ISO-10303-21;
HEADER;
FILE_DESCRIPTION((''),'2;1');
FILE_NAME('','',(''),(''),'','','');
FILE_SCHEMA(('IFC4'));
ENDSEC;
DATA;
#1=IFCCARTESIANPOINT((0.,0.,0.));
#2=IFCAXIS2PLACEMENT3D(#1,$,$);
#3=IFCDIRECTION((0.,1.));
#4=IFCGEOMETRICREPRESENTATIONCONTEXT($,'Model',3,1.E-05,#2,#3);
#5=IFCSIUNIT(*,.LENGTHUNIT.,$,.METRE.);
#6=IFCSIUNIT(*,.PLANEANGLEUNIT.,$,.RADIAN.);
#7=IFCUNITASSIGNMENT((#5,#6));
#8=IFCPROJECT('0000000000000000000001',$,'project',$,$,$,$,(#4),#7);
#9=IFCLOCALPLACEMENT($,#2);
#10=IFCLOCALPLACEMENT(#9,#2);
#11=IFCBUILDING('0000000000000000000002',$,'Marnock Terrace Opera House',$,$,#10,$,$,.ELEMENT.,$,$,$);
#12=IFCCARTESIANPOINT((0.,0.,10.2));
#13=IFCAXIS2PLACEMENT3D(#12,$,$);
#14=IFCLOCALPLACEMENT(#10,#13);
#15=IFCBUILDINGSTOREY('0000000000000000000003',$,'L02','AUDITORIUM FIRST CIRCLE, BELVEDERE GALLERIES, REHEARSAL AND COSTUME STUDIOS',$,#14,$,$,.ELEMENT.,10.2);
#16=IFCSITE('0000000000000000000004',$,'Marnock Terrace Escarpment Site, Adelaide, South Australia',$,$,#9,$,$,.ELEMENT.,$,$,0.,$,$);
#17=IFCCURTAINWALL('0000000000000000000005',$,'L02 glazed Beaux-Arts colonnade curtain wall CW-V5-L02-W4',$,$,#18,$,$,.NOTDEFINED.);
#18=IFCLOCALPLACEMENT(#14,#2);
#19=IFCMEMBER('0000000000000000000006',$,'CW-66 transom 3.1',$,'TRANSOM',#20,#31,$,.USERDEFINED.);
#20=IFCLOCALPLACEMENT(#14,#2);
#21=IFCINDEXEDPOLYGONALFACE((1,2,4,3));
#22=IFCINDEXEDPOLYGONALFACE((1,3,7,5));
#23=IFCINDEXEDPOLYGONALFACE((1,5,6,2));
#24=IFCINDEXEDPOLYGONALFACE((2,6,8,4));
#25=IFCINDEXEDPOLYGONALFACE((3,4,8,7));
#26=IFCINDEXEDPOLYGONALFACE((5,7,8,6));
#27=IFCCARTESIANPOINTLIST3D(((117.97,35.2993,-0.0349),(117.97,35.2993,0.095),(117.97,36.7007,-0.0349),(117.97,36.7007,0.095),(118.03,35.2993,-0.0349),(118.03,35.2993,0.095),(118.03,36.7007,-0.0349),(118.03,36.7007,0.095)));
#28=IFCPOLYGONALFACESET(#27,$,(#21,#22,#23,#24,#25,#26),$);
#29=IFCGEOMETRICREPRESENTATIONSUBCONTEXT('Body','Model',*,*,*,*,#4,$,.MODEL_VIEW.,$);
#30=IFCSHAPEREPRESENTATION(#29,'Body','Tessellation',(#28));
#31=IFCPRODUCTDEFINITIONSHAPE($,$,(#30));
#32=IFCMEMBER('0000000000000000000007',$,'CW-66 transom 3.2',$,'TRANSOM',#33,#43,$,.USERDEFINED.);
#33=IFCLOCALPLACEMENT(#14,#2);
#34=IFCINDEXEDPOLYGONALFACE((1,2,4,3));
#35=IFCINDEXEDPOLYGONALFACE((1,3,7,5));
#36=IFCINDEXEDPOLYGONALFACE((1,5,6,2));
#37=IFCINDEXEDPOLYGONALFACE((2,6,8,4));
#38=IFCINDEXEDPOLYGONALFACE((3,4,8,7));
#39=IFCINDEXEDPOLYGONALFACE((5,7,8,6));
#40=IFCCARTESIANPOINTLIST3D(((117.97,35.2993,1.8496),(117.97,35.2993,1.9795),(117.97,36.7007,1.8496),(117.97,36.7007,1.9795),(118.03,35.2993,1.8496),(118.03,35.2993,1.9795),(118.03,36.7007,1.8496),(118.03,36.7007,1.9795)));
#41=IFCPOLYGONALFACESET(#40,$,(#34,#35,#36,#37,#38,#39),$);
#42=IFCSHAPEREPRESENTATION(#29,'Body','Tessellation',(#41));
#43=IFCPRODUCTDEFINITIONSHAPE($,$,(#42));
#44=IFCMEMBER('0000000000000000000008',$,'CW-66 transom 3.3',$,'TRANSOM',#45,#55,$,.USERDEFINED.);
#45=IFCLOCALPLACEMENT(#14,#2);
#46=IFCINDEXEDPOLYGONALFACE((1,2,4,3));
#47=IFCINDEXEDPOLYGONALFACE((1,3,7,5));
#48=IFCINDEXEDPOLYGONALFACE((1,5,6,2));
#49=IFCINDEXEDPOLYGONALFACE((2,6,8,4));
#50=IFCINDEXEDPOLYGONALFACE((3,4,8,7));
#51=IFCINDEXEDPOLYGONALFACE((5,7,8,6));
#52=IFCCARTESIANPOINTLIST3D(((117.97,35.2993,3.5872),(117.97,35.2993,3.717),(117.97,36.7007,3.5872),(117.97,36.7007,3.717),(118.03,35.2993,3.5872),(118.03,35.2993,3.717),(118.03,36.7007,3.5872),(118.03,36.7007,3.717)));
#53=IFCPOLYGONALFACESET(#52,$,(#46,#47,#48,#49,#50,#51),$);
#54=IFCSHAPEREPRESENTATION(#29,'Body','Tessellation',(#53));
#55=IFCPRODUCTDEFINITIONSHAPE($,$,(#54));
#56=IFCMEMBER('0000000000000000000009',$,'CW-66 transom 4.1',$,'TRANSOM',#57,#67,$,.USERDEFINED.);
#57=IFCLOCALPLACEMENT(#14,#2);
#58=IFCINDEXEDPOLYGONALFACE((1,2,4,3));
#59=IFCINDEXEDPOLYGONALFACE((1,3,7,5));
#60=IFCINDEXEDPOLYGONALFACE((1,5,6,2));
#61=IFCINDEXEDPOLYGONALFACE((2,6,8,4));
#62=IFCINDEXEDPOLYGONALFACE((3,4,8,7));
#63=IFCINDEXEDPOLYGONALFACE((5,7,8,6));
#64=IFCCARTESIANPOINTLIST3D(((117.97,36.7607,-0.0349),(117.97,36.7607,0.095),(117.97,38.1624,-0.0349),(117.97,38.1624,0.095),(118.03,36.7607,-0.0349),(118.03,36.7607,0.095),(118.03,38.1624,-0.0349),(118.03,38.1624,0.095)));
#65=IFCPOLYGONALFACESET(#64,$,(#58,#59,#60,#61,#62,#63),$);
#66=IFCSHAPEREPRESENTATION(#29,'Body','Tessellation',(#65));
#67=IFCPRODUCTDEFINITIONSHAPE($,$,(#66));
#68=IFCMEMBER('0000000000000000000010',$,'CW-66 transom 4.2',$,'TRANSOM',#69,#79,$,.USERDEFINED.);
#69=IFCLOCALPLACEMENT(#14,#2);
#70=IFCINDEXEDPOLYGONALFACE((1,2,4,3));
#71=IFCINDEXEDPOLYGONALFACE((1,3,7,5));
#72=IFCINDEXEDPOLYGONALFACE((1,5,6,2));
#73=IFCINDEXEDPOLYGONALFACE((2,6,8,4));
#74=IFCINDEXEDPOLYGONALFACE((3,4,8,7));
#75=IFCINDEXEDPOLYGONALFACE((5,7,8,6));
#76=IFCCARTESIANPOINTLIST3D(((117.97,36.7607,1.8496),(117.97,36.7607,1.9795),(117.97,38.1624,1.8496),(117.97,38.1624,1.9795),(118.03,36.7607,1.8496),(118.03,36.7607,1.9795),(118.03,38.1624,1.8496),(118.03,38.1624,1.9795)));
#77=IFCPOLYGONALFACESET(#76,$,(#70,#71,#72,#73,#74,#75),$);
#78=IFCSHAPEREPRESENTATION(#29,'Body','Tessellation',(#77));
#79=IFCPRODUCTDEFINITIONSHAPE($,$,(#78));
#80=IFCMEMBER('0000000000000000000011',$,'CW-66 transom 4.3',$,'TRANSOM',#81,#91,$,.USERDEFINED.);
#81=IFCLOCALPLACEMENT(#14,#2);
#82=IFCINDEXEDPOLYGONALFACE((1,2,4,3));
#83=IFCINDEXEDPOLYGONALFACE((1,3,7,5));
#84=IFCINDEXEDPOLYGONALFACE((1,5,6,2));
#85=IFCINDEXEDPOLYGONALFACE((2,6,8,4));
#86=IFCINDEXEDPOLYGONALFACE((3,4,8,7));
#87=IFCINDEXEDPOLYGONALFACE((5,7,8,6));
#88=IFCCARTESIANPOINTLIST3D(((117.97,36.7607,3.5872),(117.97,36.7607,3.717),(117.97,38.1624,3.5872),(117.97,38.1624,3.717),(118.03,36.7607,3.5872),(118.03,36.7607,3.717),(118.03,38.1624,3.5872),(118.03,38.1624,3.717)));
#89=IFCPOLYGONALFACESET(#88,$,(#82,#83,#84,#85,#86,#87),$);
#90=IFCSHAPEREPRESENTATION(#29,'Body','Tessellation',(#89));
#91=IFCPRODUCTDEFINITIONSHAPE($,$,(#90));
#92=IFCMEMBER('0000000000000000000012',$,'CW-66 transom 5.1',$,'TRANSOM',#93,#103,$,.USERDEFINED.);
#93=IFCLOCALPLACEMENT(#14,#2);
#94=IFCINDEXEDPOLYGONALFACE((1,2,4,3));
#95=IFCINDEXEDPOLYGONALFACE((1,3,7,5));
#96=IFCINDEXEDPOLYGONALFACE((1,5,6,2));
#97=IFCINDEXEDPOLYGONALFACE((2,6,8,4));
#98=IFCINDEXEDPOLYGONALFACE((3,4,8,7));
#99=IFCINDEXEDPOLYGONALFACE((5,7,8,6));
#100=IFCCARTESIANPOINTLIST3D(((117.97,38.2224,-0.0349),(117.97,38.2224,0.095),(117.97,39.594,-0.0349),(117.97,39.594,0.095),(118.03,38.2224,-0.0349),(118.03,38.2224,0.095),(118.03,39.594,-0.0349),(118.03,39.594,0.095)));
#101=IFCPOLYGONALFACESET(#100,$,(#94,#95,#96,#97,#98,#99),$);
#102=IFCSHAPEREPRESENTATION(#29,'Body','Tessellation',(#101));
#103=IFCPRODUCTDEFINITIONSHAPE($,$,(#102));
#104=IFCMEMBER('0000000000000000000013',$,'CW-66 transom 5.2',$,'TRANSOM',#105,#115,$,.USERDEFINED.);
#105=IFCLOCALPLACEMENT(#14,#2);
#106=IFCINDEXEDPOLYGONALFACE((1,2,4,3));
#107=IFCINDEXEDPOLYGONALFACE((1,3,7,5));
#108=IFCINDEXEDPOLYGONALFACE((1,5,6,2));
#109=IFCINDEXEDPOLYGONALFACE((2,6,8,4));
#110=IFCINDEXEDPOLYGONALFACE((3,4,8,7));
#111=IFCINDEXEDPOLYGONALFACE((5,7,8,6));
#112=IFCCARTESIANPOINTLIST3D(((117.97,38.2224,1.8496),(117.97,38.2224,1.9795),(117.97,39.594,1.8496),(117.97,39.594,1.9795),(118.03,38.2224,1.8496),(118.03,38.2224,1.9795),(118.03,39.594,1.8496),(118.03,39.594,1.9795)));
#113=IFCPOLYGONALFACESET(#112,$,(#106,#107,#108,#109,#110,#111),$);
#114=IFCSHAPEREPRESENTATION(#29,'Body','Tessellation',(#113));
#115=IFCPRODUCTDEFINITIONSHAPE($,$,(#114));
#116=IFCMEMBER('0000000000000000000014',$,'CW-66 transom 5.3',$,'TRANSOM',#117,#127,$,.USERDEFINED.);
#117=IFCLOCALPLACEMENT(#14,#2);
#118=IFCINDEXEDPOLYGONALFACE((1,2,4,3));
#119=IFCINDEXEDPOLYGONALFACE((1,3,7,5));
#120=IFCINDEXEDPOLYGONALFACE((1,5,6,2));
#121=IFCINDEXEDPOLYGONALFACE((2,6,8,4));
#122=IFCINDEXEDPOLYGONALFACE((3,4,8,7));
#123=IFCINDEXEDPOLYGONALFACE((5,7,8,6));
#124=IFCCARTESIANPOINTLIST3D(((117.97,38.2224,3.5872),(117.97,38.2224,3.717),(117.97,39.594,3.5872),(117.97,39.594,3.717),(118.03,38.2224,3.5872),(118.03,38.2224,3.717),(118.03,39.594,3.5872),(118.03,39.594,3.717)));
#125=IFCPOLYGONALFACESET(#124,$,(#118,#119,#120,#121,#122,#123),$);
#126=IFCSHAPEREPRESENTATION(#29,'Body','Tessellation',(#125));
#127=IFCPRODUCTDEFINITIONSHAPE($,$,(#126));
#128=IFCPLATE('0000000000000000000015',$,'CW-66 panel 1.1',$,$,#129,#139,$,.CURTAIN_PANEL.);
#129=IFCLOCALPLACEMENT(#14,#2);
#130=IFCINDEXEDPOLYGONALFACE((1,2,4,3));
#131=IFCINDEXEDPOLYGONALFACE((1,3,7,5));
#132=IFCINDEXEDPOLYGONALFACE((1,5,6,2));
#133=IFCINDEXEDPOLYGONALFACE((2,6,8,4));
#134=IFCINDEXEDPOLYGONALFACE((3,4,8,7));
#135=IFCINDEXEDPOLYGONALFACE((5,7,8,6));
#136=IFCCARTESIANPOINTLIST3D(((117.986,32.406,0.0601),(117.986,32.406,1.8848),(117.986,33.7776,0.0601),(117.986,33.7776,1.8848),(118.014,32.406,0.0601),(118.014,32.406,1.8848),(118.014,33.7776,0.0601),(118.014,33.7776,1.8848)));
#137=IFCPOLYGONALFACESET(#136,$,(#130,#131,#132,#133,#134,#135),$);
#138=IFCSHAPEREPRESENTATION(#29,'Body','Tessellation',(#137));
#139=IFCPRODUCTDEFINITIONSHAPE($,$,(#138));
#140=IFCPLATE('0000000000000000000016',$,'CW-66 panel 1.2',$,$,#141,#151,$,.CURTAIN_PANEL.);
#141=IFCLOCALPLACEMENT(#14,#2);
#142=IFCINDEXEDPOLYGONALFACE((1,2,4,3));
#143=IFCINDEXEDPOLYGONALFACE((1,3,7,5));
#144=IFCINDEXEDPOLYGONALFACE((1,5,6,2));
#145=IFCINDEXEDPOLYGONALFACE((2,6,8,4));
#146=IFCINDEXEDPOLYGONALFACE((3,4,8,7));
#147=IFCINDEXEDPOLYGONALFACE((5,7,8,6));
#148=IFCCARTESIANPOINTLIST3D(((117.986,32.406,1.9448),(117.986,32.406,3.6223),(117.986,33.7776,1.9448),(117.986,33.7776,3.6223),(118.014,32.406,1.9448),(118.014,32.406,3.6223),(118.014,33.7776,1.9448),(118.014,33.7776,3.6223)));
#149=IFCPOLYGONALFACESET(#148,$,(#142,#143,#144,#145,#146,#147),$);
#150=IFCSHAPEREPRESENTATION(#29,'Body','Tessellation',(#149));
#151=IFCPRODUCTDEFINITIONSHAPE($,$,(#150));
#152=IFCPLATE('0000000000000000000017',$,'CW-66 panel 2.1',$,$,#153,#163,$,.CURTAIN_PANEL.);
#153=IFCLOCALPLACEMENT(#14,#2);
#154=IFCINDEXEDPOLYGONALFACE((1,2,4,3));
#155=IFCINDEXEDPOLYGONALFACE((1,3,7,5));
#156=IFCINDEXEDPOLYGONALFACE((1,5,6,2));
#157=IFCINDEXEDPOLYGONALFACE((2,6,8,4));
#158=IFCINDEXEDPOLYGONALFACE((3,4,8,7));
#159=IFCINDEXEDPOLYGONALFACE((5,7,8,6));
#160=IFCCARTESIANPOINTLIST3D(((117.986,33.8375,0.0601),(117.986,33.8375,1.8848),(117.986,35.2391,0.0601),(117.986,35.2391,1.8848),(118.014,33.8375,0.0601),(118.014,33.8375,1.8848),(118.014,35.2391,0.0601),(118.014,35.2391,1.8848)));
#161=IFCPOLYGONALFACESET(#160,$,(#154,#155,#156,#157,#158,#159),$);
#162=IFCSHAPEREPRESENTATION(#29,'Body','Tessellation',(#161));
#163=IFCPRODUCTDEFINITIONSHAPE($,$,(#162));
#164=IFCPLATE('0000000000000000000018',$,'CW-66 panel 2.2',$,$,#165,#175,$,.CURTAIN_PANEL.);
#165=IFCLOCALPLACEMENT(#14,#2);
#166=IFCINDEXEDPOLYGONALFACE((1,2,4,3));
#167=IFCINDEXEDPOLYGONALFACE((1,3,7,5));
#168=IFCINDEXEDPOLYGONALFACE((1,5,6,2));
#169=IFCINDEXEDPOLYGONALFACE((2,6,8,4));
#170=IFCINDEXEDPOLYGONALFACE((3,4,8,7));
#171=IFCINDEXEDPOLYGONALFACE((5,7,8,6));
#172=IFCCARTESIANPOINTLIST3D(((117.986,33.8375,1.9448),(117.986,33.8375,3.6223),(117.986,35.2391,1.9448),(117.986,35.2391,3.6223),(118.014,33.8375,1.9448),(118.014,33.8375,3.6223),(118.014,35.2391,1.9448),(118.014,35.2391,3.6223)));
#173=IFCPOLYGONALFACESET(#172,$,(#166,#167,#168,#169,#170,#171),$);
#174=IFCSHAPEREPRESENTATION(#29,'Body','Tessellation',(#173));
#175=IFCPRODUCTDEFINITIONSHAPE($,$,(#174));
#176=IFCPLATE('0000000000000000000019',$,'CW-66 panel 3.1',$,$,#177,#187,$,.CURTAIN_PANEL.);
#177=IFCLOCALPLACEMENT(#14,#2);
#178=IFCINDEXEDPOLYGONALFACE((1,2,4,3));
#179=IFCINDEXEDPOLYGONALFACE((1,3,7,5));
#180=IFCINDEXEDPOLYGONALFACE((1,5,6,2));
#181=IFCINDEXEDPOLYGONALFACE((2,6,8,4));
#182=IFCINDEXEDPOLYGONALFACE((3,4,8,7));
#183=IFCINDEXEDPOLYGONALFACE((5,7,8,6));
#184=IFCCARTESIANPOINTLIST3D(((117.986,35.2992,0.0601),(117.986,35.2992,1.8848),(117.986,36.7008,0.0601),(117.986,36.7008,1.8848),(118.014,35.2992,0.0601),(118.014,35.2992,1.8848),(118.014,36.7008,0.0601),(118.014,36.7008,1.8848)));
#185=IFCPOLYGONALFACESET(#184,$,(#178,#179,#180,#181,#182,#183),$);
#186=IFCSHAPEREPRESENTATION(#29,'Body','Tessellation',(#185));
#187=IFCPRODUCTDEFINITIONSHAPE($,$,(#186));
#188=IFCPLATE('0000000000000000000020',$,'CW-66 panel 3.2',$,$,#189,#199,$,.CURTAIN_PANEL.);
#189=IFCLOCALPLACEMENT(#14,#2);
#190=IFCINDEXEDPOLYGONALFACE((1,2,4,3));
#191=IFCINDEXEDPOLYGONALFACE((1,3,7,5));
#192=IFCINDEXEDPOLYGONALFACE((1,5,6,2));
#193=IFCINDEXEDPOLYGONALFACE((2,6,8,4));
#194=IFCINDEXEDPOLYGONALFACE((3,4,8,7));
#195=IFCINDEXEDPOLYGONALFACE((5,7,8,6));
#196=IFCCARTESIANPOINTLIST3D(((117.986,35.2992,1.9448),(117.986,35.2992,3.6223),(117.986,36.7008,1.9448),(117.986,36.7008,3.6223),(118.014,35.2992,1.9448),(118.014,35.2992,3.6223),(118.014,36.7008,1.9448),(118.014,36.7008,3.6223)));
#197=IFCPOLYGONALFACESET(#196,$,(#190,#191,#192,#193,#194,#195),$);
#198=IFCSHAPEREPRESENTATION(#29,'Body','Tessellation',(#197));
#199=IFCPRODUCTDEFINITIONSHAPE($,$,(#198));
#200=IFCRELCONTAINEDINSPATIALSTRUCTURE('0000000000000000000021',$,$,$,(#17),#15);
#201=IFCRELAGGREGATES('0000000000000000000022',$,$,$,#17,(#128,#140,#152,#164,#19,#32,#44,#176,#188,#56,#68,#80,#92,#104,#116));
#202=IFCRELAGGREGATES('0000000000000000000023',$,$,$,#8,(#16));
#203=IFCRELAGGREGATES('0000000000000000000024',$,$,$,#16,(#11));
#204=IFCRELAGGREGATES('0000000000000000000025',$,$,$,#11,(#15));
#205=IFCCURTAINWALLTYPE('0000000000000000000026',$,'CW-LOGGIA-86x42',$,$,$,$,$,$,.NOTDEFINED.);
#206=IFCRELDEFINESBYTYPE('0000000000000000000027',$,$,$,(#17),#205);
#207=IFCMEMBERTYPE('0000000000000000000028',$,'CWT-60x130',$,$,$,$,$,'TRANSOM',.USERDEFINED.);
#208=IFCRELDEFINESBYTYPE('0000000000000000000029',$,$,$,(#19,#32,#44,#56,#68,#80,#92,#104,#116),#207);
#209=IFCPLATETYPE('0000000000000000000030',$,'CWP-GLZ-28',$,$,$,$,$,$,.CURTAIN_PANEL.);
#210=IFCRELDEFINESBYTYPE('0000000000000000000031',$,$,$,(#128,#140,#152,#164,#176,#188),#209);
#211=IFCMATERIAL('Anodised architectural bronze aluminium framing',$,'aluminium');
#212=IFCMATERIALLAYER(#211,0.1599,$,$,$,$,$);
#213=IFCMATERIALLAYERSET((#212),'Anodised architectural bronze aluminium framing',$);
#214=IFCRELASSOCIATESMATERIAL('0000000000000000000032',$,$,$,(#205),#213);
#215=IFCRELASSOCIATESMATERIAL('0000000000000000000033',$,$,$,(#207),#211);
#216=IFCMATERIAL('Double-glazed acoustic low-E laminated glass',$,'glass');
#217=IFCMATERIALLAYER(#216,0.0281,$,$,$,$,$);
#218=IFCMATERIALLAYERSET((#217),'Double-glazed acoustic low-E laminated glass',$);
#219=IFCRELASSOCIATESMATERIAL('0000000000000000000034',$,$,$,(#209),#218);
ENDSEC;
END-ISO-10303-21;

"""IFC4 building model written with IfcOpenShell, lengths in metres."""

from ifc_helpers import new_model, si_unit, direction, frame, origin, origin_2d, place, context, subcontext, project, spatial, rectangle, extrude, material, layer, layer_set, material_profile, profile_set, type_object, element, aggregate, save


model = new_model("IFC4")

# Units and contexts
model_context = context("Model", 3, precision=1e-05, world=origin(), true_north=direction((0.0, 1.0)))
body_context = subcontext(model_context, "Body", "Model", "MODEL_VIEW")
ifc_project = project(units=[si_unit("LENGTHUNIT", "METRE"), si_unit("PLANEANGLEUNIT", "RADIAN")], contexts=[model_context])

# Site, building, storey
site_placement = place(None, origin())
site = spatial("IfcSite", under=ifc_project, at=site_placement, Name="Marnock Terrace Escarpment Site, Adelaide, South Australia", CompositionType="ELEMENT", RefElevation=0.0)
building_placement = place(site_placement, origin())
building = spatial("IfcBuilding", under=site, at=building_placement, Name="Marnock Terrace Opera House", CompositionType="ELEMENT")
storey_placement = place(building_placement, frame((0.0, 0.0, 10.2)))
storey = spatial("IfcBuildingStorey", under=building, at=storey_placement, Name="L02", Description="AUDITORIUM FIRST CIRCLE, BELVEDERE GALLERIES, REHEARSAL AND COSTUME STUDIOS", CompositionType="ELEMENT", Elevation=10.2)

# Curtain wall, members, plates
ifc_material_1 = material(Name="Anodised architectural bronze aluminium framing", Category="aluminium")
ifc_layer_1 = layer(ifc_material_1, 0.1599)
ifc_layer_set_1 = layer_set([ifc_layer_1], Name="Anodised architectural bronze aluminium framing")
curtain_wall_type = type_object("IfcCurtainWallType", Name="CW-LOGGIA-86x42", PredefinedType="NOTDEFINED", material=ifc_layer_set_1)
curtain_wall_placement = place(storey_placement, origin())
curtain_wall = element("IfcCurtainWall", 1, at=curtain_wall_placement, inside=storey, type_object=curtain_wall_type, Name="L02 glazed Beaux-Arts colonnade curtain wall CW-V5-L02-W4", PredefinedType="NOTDEFINED")
ifc_material_profile_1 = material_profile(ifc_material_1, rectangle(XDim=0.0601, YDim=0.1299, at=origin_2d()))
ifc_profile_set_1 = profile_set([ifc_material_profile_1], Name="Anodised architectural bronze aluminium framing")
member_type_1 = type_object("IfcMemberType", Name="CWT-60x130", ElementType="TRANSOM", PredefinedType="USERDEFINED", material=ifc_profile_set_1)
member_1_placement = place(storey_placement, frame((118.0, 35.2993, 0.03), z_axis=(0.0, 1.0, 0.0), x_axis=(-1.0, 0.0, 0.0)))
member_1 = element("IfcMember", 2, at=member_1_placement, type_object=member_type_1, Name="CW-66 transom 3.1", ObjectType="TRANSOM", PredefinedType="USERDEFINED", context=body_context, shape_type="SweptSolid", body=[
    extrude(rectangle(XDim=0.0601, YDim=0.1299, at=origin_2d()), origin(), (0.0, 0.0, 1.0), 1.4014),
])
member_2_placement = place(storey_placement, frame((118.0, 35.2993, 1.9146), z_axis=(0.0, 1.0, 0.0), x_axis=(-1.0, 0.0, 0.0)))
member_2 = element("IfcMember", 3, at=member_2_placement, type_object=member_type_1, Name="CW-66 transom 3.2", ObjectType="TRANSOM", PredefinedType="USERDEFINED", context=body_context, shape_type="SweptSolid", body=[
    extrude(rectangle(XDim=0.0601, YDim=0.1299, at=origin_2d()), origin(), (0.0, 0.0, 1.0), 1.4014),
])
member_3_placement = place(storey_placement, frame((118.0, 35.2993, 3.6521), z_axis=(0.0, 1.0, 0.0), x_axis=(-1.0, 0.0, 0.0)))
member_3 = element("IfcMember", 4, at=member_3_placement, type_object=member_type_1, Name="CW-66 transom 3.3", ObjectType="TRANSOM", PredefinedType="USERDEFINED", context=body_context, shape_type="SweptSolid", body=[
    extrude(rectangle(XDim=0.0601, YDim=0.1299, at=origin_2d()), origin(), (0.0, 0.0, 1.0), 1.4014),
])
member_4_placement = place(storey_placement, frame((118.0, 36.7607, 0.03), z_axis=(0.0, 1.0, 0.0), x_axis=(-1.0, 0.0, 0.0)))
member_4 = element("IfcMember", 5, at=member_4_placement, type_object=member_type_1, Name="CW-66 transom 4.1", ObjectType="TRANSOM", PredefinedType="USERDEFINED", context=body_context, shape_type="SweptSolid", body=[
    extrude(rectangle(XDim=0.0601, YDim=0.1299, at=origin_2d()), origin(), (0.0, 0.0, 1.0), 1.4016),
])
member_5_placement = place(storey_placement, frame((118.0, 36.7607, 1.9146), z_axis=(0.0, 1.0, 0.0), x_axis=(-1.0, 0.0, 0.0)))
member_5 = element("IfcMember", 6, at=member_5_placement, type_object=member_type_1, Name="CW-66 transom 4.2", ObjectType="TRANSOM", PredefinedType="USERDEFINED", context=body_context, shape_type="SweptSolid", body=[
    extrude(rectangle(XDim=0.0601, YDim=0.1299, at=origin_2d()), origin(), (0.0, 0.0, 1.0), 1.4016),
])
member_6_placement = place(storey_placement, frame((118.0, 36.7607, 3.6521), z_axis=(0.0, 1.0, 0.0), x_axis=(-1.0, 0.0, 0.0)))
member_6 = element("IfcMember", 7, at=member_6_placement, type_object=member_type_1, Name="CW-66 transom 4.3", ObjectType="TRANSOM", PredefinedType="USERDEFINED", context=body_context, shape_type="SweptSolid", body=[
    extrude(rectangle(XDim=0.0601, YDim=0.1299, at=origin_2d()), origin(), (0.0, 0.0, 1.0), 1.4016),
])
member_7_placement = place(storey_placement, frame((118.0, 38.2224, 0.03), z_axis=(0.0, 1.0, 0.0), x_axis=(-1.0, 0.0, 0.0)))
member_7 = element("IfcMember", 8, at=member_7_placement, type_object=member_type_1, Name="CW-66 transom 5.1", ObjectType="TRANSOM", PredefinedType="USERDEFINED", context=body_context, shape_type="SweptSolid", body=[
    extrude(rectangle(XDim=0.0601, YDim=0.1299, at=origin_2d()), origin(), (0.0, 0.0, 1.0), 1.3716),
])
member_8_placement = place(storey_placement, frame((118.0, 38.2224, 1.9146), z_axis=(0.0, 1.0, 0.0), x_axis=(-1.0, 0.0, 0.0)))
member_8 = element("IfcMember", 9, at=member_8_placement, type_object=member_type_1, Name="CW-66 transom 5.2", ObjectType="TRANSOM", PredefinedType="USERDEFINED", context=body_context, shape_type="SweptSolid", body=[
    extrude(rectangle(XDim=0.0601, YDim=0.1299, at=origin_2d()), origin(), (0.0, 0.0, 1.0), 1.3716),
])
member_9_placement = place(storey_placement, frame((118.0, 38.2224, 3.6521), z_axis=(0.0, 1.0, 0.0), x_axis=(-1.0, 0.0, 0.0)))
member_9 = element("IfcMember", 10, at=member_9_placement, type_object=member_type_1, Name="CW-66 transom 5.3", ObjectType="TRANSOM", PredefinedType="USERDEFINED", context=body_context, shape_type="SweptSolid", body=[
    extrude(rectangle(XDim=0.0601, YDim=0.1299, at=origin_2d()), origin(), (0.0, 0.0, 1.0), 1.3716),
])
ifc_material_2 = material(Name="Double-glazed acoustic low-E laminated glass", Category="glass")
ifc_layer_2 = layer(ifc_material_2, 0.0281)
ifc_layer_set_2 = layer_set([ifc_layer_2], Name="Double-glazed acoustic low-E laminated glass")
plate_type = type_object("IfcPlateType", Name="CWP-GLZ-28", PredefinedType="CURTAIN_PANEL", material=ifc_layer_set_2)
plate_1_placement = place(storey_placement, frame((118.0, 33.0918, 0.0601), z_axis=(0.0, 0.0, 1.0), x_axis=(0.0, 1.0, 0.0)))
plate_1 = element("IfcPlate", 11, at=plate_1_placement, type_object=plate_type, Name="CW-66 panel 1.1", PredefinedType="CURTAIN_PANEL", context=body_context, shape_type="SweptSolid", body=[
    extrude(rectangle(XDim=1.3716, YDim=0.0281, at=origin_2d()), origin(), (0.0, 0.0, 1.0), 1.8247),
])
plate_2_placement = place(storey_placement, frame((118.0, 33.0918, 1.9448), z_axis=(0.0, 0.0, 1.0), x_axis=(0.0, 1.0, 0.0)))
plate_2 = element("IfcPlate", 12, at=plate_2_placement, type_object=plate_type, Name="CW-66 panel 1.2", PredefinedType="CURTAIN_PANEL", context=body_context, shape_type="SweptSolid", body=[
    extrude(rectangle(XDim=1.3716, YDim=0.0281, at=origin_2d()), origin(), (0.0, 0.0, 1.0), 1.6775),
])
plate_3_placement = place(storey_placement, frame((118.0, 34.5383, 0.0601), z_axis=(0.0, 0.0, 1.0), x_axis=(0.0, 1.0, 0.0)))
plate_3 = element("IfcPlate", 13, at=plate_3_placement, type_object=plate_type, Name="CW-66 panel 2.1", PredefinedType="CURTAIN_PANEL", context=body_context, shape_type="SweptSolid", body=[
    extrude(rectangle(XDim=1.4016, YDim=0.0281, at=origin_2d()), origin(), (0.0, 0.0, 1.0), 1.8247),
])
plate_4_placement = place(storey_placement, frame((118.0, 34.5383, 1.9448), z_axis=(0.0, 0.0, 1.0), x_axis=(0.0, 1.0, 0.0)))
plate_4 = element("IfcPlate", 14, at=plate_4_placement, type_object=plate_type, Name="CW-66 panel 2.2", PredefinedType="CURTAIN_PANEL", context=body_context, shape_type="SweptSolid", body=[
    extrude(rectangle(XDim=1.4016, YDim=0.0281, at=origin_2d()), origin(), (0.0, 0.0, 1.0), 1.6775),
])
plate_5_placement = place(storey_placement, frame((118.0, 36.0, 0.0601), z_axis=(0.0, 0.0, 1.0), x_axis=(0.0, 1.0, 0.0)))
plate_5 = element("IfcPlate", 15, at=plate_5_placement, type_object=plate_type, Name="CW-66 panel 3.1", PredefinedType="CURTAIN_PANEL", context=body_context, shape_type="SweptSolid", body=[
    extrude(rectangle(XDim=1.4016, YDim=0.0281, at=origin_2d()), origin(), (0.0, 0.0, 1.0), 1.8247),
])
plate_6_placement = place(storey_placement, frame((118.0, 36.0, 1.9448), z_axis=(0.0, 0.0, 1.0), x_axis=(0.0, 1.0, 0.0)))
plate_6 = element("IfcPlate", 16, at=plate_6_placement, type_object=plate_type, Name="CW-66 panel 3.2", PredefinedType="CURTAIN_PANEL", context=body_context, shape_type="SweptSolid", body=[
    extrude(rectangle(XDim=1.4016, YDim=0.0281, at=origin_2d()), origin(), (0.0, 0.0, 1.0), 1.6775),
])
aggregate(curtain_wall, [plate_1, plate_2, plate_3, plate_4, member_1, member_2, member_3, plate_5, plate_6, member_4, member_5, member_6, member_7, member_8, member_9])

save(model, "model.ifc")
